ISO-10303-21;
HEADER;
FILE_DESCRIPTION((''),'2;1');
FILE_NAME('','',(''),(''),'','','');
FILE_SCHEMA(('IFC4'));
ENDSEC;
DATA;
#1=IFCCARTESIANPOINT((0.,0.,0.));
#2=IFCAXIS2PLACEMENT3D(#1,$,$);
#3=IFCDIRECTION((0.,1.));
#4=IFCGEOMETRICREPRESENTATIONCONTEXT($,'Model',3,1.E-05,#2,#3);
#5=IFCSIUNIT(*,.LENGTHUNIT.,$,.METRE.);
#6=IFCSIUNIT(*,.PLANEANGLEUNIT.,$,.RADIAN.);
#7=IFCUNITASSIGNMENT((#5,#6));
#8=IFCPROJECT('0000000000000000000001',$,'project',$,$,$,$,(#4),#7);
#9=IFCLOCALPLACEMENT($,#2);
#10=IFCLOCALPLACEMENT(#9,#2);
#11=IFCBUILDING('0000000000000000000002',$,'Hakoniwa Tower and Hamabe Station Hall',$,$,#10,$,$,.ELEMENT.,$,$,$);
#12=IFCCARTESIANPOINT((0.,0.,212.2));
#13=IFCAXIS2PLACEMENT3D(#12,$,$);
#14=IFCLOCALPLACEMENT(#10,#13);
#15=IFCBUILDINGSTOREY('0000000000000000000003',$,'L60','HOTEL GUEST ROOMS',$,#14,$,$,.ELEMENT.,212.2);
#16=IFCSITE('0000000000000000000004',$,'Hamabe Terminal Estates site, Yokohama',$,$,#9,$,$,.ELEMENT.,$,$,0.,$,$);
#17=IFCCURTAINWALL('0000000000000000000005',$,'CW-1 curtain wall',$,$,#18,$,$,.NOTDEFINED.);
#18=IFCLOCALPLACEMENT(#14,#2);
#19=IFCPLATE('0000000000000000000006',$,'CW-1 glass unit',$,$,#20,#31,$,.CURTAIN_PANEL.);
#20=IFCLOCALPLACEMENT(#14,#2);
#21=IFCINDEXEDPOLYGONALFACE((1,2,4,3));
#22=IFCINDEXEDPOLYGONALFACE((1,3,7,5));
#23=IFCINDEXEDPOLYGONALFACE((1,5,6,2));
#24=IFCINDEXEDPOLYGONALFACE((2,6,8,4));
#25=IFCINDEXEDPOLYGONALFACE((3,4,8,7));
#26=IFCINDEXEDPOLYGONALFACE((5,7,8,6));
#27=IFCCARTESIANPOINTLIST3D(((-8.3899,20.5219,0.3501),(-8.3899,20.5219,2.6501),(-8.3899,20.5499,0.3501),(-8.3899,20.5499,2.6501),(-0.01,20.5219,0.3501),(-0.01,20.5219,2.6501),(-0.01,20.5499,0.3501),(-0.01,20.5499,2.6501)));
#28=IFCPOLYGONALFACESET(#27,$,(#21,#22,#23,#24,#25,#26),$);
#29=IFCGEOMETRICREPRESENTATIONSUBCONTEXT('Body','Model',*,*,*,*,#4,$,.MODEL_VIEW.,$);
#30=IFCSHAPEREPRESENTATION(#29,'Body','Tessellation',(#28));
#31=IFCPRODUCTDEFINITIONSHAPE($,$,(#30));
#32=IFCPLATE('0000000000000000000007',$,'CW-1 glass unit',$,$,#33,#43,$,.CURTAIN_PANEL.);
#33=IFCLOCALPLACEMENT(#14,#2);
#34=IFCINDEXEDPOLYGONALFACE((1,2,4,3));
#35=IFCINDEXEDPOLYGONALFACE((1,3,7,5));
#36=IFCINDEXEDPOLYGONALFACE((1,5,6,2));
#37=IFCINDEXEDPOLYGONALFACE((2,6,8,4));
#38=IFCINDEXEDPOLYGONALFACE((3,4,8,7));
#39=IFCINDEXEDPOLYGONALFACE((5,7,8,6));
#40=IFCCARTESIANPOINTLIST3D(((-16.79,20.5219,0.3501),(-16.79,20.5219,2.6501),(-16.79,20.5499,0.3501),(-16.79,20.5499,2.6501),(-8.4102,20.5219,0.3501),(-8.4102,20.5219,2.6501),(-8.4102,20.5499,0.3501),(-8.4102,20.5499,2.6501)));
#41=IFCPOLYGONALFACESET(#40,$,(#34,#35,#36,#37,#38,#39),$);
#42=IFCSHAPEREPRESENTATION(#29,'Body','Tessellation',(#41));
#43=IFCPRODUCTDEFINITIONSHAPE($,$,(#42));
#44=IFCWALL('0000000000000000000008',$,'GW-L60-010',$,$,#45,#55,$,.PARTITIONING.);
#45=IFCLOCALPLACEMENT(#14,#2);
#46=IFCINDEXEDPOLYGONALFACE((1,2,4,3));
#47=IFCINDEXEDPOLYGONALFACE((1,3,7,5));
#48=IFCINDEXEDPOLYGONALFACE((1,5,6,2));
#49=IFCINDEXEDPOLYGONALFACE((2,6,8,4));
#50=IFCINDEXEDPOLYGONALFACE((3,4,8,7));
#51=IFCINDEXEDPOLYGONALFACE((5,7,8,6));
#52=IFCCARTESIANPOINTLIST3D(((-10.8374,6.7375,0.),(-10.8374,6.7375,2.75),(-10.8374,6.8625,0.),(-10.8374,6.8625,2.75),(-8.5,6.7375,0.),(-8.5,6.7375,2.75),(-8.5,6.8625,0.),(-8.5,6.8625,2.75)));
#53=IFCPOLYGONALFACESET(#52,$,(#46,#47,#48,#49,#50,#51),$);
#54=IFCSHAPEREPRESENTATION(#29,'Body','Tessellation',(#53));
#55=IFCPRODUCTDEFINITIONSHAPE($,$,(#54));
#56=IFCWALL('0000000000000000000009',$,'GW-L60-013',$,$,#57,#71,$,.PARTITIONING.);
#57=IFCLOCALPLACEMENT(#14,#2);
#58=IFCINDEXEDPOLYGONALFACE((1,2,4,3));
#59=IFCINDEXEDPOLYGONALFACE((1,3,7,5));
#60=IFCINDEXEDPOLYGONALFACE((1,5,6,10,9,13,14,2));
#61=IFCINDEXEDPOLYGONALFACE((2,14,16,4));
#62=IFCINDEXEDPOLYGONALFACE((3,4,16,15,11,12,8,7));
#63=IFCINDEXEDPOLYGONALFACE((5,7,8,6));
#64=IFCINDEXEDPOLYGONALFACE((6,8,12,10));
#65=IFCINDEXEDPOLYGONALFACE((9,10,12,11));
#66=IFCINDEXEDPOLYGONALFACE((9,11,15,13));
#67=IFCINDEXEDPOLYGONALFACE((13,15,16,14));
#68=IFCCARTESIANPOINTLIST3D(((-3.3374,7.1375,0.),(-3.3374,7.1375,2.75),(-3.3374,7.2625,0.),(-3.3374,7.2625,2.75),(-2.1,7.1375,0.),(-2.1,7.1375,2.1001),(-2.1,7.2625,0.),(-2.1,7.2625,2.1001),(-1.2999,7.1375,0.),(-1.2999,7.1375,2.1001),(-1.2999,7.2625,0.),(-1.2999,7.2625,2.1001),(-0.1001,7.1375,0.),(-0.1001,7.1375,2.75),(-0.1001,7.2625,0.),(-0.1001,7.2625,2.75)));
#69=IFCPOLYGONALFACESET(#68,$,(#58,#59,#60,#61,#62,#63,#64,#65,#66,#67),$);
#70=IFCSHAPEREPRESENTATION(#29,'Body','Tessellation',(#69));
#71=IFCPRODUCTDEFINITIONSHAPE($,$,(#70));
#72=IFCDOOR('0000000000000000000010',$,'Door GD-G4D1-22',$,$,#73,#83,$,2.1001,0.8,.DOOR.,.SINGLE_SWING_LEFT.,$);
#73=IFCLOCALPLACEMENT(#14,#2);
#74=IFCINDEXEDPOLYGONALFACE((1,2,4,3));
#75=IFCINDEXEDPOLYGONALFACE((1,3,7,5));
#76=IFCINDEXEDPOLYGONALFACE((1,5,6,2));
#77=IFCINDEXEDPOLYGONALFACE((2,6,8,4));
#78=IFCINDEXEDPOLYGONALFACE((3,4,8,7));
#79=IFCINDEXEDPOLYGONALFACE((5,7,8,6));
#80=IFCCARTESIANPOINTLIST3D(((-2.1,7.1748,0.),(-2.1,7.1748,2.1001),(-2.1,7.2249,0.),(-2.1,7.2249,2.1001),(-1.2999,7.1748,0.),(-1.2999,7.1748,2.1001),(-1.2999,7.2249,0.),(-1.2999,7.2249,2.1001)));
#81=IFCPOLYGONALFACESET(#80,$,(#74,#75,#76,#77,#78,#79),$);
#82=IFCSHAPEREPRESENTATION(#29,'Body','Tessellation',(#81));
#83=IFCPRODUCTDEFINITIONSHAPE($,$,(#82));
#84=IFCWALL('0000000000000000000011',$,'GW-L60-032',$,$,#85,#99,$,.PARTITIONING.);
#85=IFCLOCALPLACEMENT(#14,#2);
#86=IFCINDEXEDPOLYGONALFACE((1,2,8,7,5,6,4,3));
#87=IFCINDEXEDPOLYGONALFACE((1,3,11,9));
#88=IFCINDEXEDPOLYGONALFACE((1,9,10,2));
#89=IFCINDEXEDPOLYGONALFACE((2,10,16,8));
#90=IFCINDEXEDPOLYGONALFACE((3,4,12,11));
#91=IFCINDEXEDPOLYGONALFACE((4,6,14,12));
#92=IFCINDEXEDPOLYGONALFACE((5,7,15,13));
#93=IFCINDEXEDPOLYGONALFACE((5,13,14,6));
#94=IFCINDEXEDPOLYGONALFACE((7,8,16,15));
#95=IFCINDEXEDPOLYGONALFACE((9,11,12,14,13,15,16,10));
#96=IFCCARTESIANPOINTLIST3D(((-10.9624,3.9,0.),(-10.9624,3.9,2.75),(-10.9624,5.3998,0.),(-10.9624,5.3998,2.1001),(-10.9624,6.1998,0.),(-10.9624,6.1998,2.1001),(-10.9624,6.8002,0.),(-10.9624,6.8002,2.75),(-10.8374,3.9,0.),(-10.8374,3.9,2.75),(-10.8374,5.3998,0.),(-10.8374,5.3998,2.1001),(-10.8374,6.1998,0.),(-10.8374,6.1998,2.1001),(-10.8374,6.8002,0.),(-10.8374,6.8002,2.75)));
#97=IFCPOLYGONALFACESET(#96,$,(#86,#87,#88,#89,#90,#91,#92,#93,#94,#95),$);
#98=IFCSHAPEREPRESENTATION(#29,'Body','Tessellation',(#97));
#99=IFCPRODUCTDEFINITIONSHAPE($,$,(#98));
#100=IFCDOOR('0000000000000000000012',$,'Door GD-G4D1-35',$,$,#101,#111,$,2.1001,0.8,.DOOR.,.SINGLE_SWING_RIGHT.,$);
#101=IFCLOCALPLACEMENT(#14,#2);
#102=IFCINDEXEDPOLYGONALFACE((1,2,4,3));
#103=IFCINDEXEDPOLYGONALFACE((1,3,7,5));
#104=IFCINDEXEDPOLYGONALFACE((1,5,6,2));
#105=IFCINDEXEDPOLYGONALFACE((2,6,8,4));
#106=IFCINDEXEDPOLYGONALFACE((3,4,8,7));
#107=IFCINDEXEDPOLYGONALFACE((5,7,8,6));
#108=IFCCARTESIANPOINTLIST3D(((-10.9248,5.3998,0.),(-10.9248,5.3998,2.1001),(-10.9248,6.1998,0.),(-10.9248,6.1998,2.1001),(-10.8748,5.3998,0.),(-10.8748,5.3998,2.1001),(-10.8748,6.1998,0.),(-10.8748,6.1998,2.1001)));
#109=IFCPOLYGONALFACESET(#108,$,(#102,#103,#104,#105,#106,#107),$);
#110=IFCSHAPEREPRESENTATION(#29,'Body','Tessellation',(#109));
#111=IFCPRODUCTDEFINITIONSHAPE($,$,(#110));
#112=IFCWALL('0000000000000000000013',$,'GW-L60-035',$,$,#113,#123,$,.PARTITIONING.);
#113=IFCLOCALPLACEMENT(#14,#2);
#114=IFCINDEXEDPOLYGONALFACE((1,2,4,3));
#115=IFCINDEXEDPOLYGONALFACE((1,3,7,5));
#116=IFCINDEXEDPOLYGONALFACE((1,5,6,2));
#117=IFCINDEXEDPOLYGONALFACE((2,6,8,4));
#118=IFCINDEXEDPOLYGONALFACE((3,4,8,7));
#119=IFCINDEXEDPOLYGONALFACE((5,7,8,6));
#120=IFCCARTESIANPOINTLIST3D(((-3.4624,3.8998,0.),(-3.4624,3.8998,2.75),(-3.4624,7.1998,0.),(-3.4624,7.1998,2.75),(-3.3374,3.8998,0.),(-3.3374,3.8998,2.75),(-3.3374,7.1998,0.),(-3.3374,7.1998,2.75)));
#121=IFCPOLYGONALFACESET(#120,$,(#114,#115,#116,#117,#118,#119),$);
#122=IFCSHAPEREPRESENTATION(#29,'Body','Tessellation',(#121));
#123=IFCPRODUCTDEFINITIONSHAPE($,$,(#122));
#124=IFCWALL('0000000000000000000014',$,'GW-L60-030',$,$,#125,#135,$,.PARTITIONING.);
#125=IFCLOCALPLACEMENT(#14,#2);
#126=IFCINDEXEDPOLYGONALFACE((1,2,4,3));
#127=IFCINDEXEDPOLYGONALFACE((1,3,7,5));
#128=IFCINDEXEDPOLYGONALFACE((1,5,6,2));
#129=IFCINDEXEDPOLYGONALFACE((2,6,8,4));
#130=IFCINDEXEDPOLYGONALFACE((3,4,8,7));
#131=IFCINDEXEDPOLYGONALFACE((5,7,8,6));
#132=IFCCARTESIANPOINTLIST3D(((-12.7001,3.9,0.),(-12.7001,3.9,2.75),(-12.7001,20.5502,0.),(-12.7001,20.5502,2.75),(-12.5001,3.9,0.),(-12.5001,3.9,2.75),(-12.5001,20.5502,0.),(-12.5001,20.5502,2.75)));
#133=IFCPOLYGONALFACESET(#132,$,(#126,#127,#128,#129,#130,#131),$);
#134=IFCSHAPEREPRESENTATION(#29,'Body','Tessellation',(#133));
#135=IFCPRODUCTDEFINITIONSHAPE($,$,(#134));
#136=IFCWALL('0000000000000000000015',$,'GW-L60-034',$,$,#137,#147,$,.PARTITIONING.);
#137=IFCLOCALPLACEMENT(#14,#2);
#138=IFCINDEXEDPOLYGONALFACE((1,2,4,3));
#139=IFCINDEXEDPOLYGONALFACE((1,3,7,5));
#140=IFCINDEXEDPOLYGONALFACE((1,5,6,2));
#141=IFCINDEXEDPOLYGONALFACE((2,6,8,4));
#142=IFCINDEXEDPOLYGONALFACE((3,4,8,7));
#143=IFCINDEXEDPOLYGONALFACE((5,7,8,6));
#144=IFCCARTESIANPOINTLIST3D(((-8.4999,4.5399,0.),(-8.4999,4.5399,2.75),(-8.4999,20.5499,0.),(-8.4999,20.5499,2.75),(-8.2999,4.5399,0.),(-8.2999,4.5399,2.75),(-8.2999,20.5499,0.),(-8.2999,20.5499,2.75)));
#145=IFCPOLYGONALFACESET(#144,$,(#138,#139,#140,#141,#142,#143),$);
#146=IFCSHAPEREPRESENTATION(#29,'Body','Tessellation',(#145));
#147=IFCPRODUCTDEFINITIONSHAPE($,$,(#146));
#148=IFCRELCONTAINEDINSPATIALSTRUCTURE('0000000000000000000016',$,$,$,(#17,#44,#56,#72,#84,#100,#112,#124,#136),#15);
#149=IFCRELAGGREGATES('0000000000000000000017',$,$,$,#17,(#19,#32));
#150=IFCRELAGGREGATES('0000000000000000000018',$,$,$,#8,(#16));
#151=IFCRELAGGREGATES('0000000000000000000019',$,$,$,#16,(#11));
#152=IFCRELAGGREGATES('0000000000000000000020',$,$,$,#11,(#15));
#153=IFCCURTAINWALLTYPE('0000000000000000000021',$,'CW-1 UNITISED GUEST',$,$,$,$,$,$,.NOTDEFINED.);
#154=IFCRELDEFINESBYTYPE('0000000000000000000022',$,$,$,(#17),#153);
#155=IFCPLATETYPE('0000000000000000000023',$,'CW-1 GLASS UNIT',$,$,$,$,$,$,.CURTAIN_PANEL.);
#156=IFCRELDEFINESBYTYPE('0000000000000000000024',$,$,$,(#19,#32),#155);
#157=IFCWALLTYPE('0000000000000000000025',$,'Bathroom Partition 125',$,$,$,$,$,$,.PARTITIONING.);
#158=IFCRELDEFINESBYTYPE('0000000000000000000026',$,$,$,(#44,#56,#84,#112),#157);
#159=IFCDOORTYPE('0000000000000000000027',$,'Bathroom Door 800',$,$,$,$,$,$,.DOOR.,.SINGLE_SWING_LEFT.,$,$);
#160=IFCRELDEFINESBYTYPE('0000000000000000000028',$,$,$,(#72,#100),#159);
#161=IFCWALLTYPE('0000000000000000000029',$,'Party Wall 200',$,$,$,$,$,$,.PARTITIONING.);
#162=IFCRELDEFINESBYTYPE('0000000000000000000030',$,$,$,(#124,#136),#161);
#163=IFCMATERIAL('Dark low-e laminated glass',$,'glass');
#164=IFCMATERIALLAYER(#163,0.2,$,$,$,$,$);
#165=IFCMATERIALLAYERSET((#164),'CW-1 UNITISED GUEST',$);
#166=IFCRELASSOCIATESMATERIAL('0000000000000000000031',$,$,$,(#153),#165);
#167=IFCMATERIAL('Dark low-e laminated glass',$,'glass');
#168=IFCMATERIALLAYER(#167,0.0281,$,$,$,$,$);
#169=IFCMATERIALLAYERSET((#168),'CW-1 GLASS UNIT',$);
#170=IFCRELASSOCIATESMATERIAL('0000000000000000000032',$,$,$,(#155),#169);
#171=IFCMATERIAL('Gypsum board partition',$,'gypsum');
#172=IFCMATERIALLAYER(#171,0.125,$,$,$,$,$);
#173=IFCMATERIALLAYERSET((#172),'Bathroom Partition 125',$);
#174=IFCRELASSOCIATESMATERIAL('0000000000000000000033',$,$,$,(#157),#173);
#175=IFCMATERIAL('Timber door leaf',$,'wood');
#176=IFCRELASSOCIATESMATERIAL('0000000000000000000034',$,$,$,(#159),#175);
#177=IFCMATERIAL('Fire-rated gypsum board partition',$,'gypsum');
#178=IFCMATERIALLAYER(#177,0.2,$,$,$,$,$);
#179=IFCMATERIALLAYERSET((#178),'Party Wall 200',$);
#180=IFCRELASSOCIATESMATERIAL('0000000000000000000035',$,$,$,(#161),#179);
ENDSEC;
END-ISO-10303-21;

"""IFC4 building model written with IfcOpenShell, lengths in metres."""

from ifc_helpers import new_model, si_unit, direction, frame, frame_2d, origin, origin_2d, place, context, subcontext, project, spatial, rectangle, extrude, material, layer, layer_set, type_object, element, fill, aggregate, save


model = new_model("IFC4")

# Units and contexts
model_context = context("Model", 3, precision=1e-05, world=origin(), true_north=direction((0.0, 1.0)))
body_context = subcontext(model_context, "Body", "Model", "MODEL_VIEW")
ifc_project = project(units=[si_unit("LENGTHUNIT", "METRE"), si_unit("PLANEANGLEUNIT", "RADIAN")], contexts=[model_context])

# Site, building, storey
site_placement = place(None, origin())
site = spatial("IfcSite", under=ifc_project, at=site_placement, Name="Hamabe Terminal Estates site, Yokohama", CompositionType="ELEMENT", RefElevation=0.0)
building_placement = place(site_placement, origin())
building = spatial("IfcBuilding", under=site, at=building_placement, Name="Hakoniwa Tower and Hamabe Station Hall", CompositionType="ELEMENT")
storey_placement = place(building_placement, frame((0.0, 0.0, 212.2)))
storey = spatial("IfcBuildingStorey", under=building, at=storey_placement, Name="L60", Description="HOTEL GUEST ROOMS", CompositionType="ELEMENT", Elevation=212.2)

# Curtain wall, plates
ifc_material_1 = material(Name="Dark low-e laminated glass", Category="glass")
ifc_layer_1 = layer(ifc_material_1, 0.2)
ifc_layer_set_1 = layer_set([ifc_layer_1], Name="CW-1 UNITISED GUEST")
curtain_wall_type = type_object("IfcCurtainWallType", Name="CW-1 UNITISED GUEST", PredefinedType="NOTDEFINED", material=ifc_layer_set_1)
curtain_wall_placement = place(storey_placement, origin())
curtain_wall = element("IfcCurtainWall", 1, at=curtain_wall_placement, inside=storey, type_object=curtain_wall_type, Name="CW-1 curtain wall", PredefinedType="NOTDEFINED")
ifc_material_2 = material(Name="Dark low-e laminated glass", Category="glass")
ifc_layer_2 = layer(ifc_material_2, 0.0281)
ifc_layer_set_2 = layer_set([ifc_layer_2], Name="CW-1 GLASS UNIT")
plate_type = type_object("IfcPlateType", Name="CW-1 GLASS UNIT", PredefinedType="CURTAIN_PANEL", material=ifc_layer_set_2)
plate_1_placement = place(storey_placement, frame((-4.2, 20.5359, 0.3501), z_axis=(0.0, 0.0, 1.0), x_axis=(-1.0, 0.0, 0.0)))
plate_1 = element("IfcPlate", 2, at=plate_1_placement, type_object=plate_type, Name="CW-1 glass unit", PredefinedType="CURTAIN_PANEL", context=body_context, shape_type="SweptSolid", body=[
    extrude(rectangle(XDim=8.3799, YDim=0.0281, at=origin_2d()), origin(), (0.0, 0.0, 1.0), 2.3),
])
plate_2_placement = place(storey_placement, frame((-12.6001, 20.5359, 0.3501), z_axis=(0.0, 0.0, 1.0), x_axis=(-1.0, 0.0, 0.0)))
plate_2 = element("IfcPlate", 3, at=plate_2_placement, type_object=plate_type, Name="CW-1 glass unit", PredefinedType="CURTAIN_PANEL", context=body_context, shape_type="SweptSolid", body=[
    extrude(rectangle(XDim=8.3799, YDim=0.0281, at=origin_2d()), origin(), (0.0, 0.0, 1.0), 2.3),
])
aggregate(curtain_wall, [plate_1, plate_2])

# Wall
ifc_material_3 = material(Name="Gypsum board partition", Category="gypsum")
ifc_layer_3 = layer(ifc_material_3, 0.125)
ifc_layer_set_3 = layer_set([ifc_layer_3], Name="Bathroom Partition 125")
wall_type_1 = type_object("IfcWallType", Name="Bathroom Partition 125", PredefinedType="PARTITIONING", material=ifc_layer_set_3)
wall_1_placement = place(storey_placement, frame((-10.8374, 6.8, 0.0), z_axis=(0.0, 0.0, 1.0), x_axis=(1.0, 0.0, 0.0)))
element("IfcWall", 4, at=wall_1_placement, inside=storey, type_object=wall_type_1, Name="GW-L60-010", PredefinedType="PARTITIONING", context=body_context, shape_type="SweptSolid", body=[
    extrude(rectangle(XDim=2.3374, YDim=0.125, at=frame_2d((1.1687, 0.0))), origin(), (0.0, 0.0, 1.0), 2.75),
])

# Walls, openings, doors
wall_2_placement = place(storey_placement, frame((-3.3374, 7.2, 0.0), z_axis=(0.0, 0.0, 1.0), x_axis=(1.0, 0.0, 0.0)))
wall_2 = element("IfcWall", 5, at=wall_2_placement, inside=storey, type_object=wall_type_1, Name="GW-L60-013", PredefinedType="PARTITIONING", context=body_context, shape_type="SweptSolid", body=[
    extrude(rectangle(XDim=3.2373, YDim=0.125, at=frame_2d((1.6187, 0.0))), origin(), (0.0, 0.0, 1.0), 2.75),
])
opening_1_placement = place(wall_2_placement, frame((1.2375, 0.0, 0.0)))
opening_1 = element("IfcOpeningElement", 6, at=opening_1_placement, cuts=wall_2, PredefinedType="OPENING", context=body_context, shape_type="SweptSolid", body=[
    extrude(rectangle(XDim=0.8, YDim=2.1001, at=frame_2d((0.3999, 1.05))), frame((0.0, 0.0725, 0.0), z_axis=(0.0, -1.0, 0.0), x_axis=(1.0, 0.0, 0.0)), (0.0, 0.0, 1.0), 0.145),
])
ifc_material_4 = material(Name="Timber door leaf", Category="wood")
door_type = type_object("IfcDoorType", Name="Bathroom Door 800", OperationType="SINGLE_SWING_LEFT", PredefinedType="DOOR", material=ifc_material_4)
door_1_placement = place(opening_1_placement, origin())
door_1 = element("IfcDoor", 7, at=door_1_placement, inside=storey, type_object=door_type, Name="Door GD-G4D1-22", OperationType="SINGLE_SWING_LEFT", OverallHeight=2.1001, OverallWidth=0.8, PredefinedType="DOOR", context=body_context, shape_type="SweptSolid", body=[
    extrude(rectangle(XDim=0.8, YDim=2.1001, at=frame_2d((0.3999, 1.05))), frame((0.0, 0.0249, 0.0), z_axis=(0.0, -1.0, 0.0), x_axis=(1.0, 0.0, 0.0)), (0.0, 0.0, 1.0), 0.05),
])
fill(opening_1, door_1)
wall_3_placement = place(storey_placement, frame((-10.8999, 3.8999, 0.0), z_axis=(0.0, 0.0, 1.0), x_axis=(0.0, 1.0, 0.0)))
wall_3 = element("IfcWall", 8, at=wall_3_placement, inside=storey, type_object=wall_type_1, Name="GW-L60-032", PredefinedType="PARTITIONING", context=body_context, shape_type="SweptSolid", body=[
    extrude(rectangle(XDim=2.9001, YDim=0.125, at=frame_2d((1.4502, 0.0))), origin(), (0.0, 0.0, 1.0), 2.75),
])
opening_2_placement = place(wall_3_placement, frame((1.5, 0.0, 0.0)))
opening_2 = element("IfcOpeningElement", 9, at=opening_2_placement, cuts=wall_3, PredefinedType="OPENING", context=body_context, shape_type="SweptSolid", body=[
    extrude(rectangle(XDim=0.8, YDim=2.1001, at=frame_2d((0.3999, 1.05))), frame((0.0, 0.0725, 0.0), z_axis=(0.0, -1.0, 0.0), x_axis=(1.0, 0.0, 0.0)), (0.0, 0.0, 1.0), 0.145),
])
door_2_placement = place(opening_2_placement, origin())
door_2 = element("IfcDoor", 10, at=door_2_placement, inside=storey, type_object=door_type, Name="Door GD-G4D1-35", OperationType="SINGLE_SWING_RIGHT", OverallHeight=2.1001, OverallWidth=0.8, PredefinedType="DOOR", context=body_context, shape_type="SweptSolid", body=[
    extrude(rectangle(XDim=0.8, YDim=2.1001, at=frame_2d((0.3999, 1.05))), frame((0.0, 0.0249, 0.0), z_axis=(0.0, -1.0, 0.0), x_axis=(1.0, 0.0, 0.0)), (0.0, 0.0, 1.0), 0.05),
])
fill(opening_2, door_2)

# Walls
wall_4_placement = place(storey_placement, frame((-3.3999, 3.8999, 0.0), z_axis=(0.0, 0.0, 1.0), x_axis=(0.0, 1.0, 0.0)))
element("IfcWall", 11, at=wall_4_placement, inside=storey, type_object=wall_type_1, Name="GW-L60-035", PredefinedType="PARTITIONING", context=body_context, shape_type="SweptSolid", body=[
    extrude(rectangle(XDim=3.3, YDim=0.125, at=frame_2d((1.6499, 0.0))), origin(), (0.0, 0.0, 1.0), 2.75),
])
ifc_material_5 = material(Name="Fire-rated gypsum board partition", Category="gypsum")
ifc_layer_4 = layer(ifc_material_5, 0.2)
ifc_layer_set_4 = layer_set([ifc_layer_4], Name="Party Wall 200")
wall_type_2 = type_object("IfcWallType", Name="Party Wall 200", PredefinedType="PARTITIONING", material=ifc_layer_set_4)
wall_5_placement = place(storey_placement, frame((-12.6001, 3.8999, 0.0), z_axis=(0.0, 0.0, 1.0), x_axis=(0.0, 1.0, 0.0)))
element("IfcWall", 12, at=wall_5_placement, inside=storey, type_object=wall_type_2, Name="GW-L60-030", PredefinedType="PARTITIONING", context=body_context, shape_type="SweptSolid", body=[
    extrude(rectangle(XDim=16.6501, YDim=0.2, at=frame_2d((8.3252, 0.0))), origin(), (0.0, 0.0, 1.0), 2.75),
])
wall_6_placement = place(storey_placement, frame((-8.3999, 4.54, 0.0), z_axis=(0.0, 0.0, 1.0), x_axis=(0.0, 1.0, 0.0)))
element("IfcWall", 13, at=wall_6_placement, inside=storey, type_object=wall_type_2, Name="GW-L60-034", PredefinedType="PARTITIONING", context=body_context, shape_type="SweptSolid", body=[
    extrude(rectangle(XDim=16.01, YDim=0.2, at=frame_2d((8.0049, 0.0))), origin(), (0.0, 0.0, 1.0), 2.75),
])

save(model, "model.ifc")
